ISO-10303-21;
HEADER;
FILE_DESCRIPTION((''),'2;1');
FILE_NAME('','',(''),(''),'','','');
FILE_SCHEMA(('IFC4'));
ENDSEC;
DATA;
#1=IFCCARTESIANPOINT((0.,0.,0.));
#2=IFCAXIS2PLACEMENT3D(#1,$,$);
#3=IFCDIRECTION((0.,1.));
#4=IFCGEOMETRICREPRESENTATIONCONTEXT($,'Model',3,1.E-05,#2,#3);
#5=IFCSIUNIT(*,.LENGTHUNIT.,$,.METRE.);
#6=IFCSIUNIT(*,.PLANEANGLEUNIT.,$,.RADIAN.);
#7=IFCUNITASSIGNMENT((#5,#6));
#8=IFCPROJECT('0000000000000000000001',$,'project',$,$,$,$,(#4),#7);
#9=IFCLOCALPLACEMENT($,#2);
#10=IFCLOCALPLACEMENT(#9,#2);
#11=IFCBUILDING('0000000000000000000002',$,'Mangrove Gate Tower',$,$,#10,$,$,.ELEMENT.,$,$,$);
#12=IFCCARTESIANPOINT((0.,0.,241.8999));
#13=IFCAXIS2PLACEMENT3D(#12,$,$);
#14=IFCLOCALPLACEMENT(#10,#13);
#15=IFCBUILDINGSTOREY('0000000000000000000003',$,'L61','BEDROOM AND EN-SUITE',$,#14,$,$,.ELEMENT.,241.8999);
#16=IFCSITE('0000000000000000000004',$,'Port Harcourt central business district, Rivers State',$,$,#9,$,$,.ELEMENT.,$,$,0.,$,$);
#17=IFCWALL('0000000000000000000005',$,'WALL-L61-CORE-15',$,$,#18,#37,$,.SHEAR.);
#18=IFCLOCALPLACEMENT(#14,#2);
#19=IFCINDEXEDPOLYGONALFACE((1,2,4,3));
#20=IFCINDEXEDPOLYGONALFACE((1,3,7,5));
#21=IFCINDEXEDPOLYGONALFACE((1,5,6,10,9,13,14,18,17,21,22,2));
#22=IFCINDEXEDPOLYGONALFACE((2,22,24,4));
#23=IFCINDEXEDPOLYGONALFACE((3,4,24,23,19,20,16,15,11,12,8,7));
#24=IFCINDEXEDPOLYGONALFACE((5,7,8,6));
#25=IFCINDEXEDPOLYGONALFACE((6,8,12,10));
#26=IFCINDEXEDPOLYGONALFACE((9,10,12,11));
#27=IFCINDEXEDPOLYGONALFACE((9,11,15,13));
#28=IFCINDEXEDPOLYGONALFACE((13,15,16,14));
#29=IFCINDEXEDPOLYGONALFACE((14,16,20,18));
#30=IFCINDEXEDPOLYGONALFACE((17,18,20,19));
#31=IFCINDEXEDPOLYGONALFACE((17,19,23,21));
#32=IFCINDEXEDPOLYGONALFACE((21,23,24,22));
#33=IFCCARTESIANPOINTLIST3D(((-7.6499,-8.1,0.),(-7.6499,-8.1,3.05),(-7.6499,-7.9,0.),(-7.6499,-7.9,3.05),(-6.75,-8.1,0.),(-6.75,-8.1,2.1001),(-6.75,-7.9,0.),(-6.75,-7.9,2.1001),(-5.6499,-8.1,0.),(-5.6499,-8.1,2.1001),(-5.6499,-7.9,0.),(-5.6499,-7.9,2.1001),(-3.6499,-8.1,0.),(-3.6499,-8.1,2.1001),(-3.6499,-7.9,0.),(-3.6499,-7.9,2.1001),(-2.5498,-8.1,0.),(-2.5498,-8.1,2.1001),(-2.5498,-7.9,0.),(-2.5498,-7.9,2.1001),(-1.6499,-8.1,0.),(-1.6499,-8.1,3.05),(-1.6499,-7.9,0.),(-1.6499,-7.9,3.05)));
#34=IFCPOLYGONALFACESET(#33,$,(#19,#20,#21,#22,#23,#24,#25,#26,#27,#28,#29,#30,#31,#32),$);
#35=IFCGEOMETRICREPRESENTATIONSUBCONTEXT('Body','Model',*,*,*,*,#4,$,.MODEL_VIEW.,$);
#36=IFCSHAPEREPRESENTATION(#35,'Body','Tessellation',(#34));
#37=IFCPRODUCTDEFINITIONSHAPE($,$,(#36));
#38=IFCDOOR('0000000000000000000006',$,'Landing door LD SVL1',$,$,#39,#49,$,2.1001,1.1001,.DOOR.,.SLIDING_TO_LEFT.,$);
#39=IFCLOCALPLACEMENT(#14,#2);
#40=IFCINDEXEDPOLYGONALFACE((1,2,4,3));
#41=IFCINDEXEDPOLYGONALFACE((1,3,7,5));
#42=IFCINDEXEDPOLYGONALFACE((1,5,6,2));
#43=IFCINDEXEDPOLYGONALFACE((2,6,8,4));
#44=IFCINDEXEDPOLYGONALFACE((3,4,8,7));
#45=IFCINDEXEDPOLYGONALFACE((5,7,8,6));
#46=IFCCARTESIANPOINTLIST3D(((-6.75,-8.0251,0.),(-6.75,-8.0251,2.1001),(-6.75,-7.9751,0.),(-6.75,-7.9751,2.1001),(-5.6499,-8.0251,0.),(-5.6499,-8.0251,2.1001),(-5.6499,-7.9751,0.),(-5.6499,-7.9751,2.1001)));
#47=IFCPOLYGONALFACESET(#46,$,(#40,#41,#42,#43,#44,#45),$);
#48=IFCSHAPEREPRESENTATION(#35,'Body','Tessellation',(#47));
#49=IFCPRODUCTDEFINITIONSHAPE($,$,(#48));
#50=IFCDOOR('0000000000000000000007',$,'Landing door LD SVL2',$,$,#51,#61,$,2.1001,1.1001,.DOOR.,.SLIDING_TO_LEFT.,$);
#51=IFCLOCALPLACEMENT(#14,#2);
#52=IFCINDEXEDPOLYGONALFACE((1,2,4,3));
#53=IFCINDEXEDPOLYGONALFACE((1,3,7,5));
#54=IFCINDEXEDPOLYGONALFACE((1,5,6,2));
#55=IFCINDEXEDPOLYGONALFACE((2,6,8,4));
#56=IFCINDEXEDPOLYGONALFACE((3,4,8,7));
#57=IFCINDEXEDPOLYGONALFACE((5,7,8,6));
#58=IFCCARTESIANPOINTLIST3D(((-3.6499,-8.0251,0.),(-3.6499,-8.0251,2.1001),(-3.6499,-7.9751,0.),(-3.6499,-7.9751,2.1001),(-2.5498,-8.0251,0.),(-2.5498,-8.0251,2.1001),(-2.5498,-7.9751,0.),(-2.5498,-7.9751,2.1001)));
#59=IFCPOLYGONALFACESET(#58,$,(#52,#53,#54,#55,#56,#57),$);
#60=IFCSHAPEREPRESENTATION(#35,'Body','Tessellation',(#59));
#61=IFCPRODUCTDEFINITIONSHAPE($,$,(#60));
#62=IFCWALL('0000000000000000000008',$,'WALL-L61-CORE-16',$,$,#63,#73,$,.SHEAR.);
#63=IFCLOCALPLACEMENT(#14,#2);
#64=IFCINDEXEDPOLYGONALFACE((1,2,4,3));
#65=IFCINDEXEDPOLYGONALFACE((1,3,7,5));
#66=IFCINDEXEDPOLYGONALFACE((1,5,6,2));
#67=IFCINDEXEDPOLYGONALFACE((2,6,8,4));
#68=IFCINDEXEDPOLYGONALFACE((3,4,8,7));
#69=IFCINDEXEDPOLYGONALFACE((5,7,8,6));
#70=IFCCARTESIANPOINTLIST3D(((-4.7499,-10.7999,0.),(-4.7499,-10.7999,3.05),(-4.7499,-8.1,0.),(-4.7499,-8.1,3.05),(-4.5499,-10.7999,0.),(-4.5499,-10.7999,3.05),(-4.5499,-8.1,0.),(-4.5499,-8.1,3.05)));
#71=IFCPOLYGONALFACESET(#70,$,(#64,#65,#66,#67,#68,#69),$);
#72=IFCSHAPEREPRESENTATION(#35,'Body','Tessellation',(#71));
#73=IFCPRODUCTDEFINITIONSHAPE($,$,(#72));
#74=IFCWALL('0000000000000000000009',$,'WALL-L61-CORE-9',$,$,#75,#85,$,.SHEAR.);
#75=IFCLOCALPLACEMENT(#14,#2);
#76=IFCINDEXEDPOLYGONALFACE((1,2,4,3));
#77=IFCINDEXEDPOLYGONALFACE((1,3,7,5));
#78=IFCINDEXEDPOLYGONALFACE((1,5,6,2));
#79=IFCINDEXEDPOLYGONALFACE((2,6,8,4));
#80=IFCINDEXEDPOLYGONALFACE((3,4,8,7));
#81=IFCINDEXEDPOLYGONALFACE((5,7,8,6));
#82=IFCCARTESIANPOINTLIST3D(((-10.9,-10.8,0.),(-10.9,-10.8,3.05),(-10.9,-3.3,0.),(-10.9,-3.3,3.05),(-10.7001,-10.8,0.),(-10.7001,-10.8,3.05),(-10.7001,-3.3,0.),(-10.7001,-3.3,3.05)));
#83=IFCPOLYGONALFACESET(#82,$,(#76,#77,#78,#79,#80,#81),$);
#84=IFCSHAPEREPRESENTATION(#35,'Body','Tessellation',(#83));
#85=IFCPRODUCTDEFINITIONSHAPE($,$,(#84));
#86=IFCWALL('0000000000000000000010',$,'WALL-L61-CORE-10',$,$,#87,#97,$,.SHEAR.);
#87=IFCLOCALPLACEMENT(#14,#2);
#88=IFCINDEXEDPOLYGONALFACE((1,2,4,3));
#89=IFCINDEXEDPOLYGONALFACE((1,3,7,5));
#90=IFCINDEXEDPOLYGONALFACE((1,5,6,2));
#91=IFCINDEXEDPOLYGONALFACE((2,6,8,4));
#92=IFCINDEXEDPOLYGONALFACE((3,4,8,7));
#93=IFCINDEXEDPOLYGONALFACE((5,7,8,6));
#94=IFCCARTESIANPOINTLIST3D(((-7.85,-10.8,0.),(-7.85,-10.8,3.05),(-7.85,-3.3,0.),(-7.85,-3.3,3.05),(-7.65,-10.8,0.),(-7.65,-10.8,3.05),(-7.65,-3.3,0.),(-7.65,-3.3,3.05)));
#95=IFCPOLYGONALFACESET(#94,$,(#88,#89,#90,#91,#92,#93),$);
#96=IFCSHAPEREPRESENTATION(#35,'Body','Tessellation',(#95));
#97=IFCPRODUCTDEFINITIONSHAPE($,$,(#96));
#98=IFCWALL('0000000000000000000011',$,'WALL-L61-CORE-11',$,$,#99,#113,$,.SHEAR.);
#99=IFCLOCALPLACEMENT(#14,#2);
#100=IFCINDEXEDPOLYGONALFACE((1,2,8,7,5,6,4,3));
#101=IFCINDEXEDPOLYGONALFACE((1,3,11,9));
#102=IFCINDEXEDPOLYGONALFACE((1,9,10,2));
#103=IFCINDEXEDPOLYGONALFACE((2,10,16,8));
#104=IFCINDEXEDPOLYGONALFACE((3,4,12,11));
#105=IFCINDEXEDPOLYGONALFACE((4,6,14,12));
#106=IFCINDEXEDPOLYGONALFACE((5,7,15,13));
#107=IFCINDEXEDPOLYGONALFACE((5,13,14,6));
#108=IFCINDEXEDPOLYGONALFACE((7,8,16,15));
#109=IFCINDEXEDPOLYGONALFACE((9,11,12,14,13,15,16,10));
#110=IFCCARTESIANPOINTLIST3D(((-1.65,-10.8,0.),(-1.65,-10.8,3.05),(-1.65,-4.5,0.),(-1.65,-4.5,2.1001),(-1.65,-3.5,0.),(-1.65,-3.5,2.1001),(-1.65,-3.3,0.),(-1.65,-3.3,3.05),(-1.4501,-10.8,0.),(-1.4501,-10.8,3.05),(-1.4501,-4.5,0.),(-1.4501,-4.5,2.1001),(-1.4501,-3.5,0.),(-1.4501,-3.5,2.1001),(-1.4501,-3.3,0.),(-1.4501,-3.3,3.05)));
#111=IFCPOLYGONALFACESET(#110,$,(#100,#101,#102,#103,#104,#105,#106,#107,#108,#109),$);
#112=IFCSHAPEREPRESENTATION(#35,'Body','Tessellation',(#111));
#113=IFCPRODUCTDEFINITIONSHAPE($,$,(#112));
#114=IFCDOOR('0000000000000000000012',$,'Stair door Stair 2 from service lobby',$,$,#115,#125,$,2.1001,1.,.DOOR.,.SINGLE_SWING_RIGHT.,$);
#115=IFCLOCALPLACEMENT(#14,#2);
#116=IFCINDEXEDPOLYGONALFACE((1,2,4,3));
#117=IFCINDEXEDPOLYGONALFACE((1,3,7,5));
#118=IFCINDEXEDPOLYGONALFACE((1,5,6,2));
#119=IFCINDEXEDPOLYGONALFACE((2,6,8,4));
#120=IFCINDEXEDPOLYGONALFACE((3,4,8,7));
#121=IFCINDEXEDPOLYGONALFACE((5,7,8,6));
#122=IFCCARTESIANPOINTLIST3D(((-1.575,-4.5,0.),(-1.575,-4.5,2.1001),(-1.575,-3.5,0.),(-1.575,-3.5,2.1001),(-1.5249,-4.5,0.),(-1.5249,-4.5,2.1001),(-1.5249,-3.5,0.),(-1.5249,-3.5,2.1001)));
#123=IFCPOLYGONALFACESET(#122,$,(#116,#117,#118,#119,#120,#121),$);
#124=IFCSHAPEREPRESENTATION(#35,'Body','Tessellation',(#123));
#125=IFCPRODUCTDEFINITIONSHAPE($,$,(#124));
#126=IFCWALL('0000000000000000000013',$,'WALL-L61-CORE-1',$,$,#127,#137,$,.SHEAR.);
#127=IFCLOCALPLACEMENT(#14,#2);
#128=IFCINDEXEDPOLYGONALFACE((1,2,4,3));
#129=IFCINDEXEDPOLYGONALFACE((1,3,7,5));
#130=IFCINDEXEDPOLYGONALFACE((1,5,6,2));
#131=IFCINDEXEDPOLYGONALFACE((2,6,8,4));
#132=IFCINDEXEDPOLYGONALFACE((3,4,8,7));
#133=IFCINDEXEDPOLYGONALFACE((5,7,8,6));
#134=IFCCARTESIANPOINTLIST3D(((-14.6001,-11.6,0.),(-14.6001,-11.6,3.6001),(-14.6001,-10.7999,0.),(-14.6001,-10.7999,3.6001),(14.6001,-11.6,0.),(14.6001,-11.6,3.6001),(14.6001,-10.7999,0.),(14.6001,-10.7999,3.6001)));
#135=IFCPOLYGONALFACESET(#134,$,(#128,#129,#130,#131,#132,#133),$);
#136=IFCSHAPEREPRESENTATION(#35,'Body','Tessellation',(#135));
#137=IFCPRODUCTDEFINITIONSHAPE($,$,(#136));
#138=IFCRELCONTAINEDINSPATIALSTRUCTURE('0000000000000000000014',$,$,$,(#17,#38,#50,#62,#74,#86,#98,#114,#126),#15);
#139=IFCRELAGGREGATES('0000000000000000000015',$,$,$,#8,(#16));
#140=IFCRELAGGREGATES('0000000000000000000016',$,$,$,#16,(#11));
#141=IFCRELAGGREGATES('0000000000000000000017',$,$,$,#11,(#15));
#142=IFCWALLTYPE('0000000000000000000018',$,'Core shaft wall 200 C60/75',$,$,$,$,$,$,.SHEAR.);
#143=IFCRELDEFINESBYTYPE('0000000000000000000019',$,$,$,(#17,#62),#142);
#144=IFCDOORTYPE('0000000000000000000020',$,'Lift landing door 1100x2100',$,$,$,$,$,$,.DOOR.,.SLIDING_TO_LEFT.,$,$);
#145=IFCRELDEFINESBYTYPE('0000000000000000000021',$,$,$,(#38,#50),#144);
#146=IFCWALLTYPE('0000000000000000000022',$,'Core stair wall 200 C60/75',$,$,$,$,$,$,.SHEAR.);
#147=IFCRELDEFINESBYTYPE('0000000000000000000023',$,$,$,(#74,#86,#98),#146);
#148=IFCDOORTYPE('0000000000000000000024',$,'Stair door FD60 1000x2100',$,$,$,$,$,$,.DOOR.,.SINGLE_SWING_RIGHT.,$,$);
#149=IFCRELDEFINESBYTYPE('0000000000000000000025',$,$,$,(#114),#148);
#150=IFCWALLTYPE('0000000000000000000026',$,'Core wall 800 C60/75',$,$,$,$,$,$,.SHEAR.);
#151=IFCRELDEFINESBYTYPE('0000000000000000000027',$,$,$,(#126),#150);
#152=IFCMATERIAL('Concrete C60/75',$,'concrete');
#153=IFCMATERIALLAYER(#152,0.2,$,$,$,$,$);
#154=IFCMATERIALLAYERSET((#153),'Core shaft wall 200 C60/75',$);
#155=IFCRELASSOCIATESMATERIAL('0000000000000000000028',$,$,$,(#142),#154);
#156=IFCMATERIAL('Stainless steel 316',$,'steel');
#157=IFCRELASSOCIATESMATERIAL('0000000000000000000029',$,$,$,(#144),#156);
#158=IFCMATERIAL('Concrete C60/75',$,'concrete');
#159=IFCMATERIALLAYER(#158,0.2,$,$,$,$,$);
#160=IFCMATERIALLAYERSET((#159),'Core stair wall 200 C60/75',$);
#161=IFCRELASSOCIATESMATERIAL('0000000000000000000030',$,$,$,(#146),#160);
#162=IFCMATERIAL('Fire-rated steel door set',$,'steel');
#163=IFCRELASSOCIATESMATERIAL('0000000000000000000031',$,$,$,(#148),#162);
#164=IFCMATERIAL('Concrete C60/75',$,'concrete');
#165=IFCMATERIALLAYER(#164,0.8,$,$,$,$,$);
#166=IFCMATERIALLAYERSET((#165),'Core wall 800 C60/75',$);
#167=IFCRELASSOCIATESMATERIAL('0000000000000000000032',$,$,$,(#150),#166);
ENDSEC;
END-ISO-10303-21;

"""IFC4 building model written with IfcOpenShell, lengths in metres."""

from ifc_helpers import new_model, si_unit, direction, frame, frame_2d, origin, place, context, subcontext, project, spatial, rectangle, extrude, material, layer, layer_set, type_object, element, fill, save


model = new_model("IFC4")

# Units and contexts
model_context = context("Model", 3, precision=1e-05, world=origin(), true_north=direction((0.0, 1.0)))
body_context = subcontext(model_context, "Body", "Model", "MODEL_VIEW")
ifc_project = project(units=[si_unit("LENGTHUNIT", "METRE"), si_unit("PLANEANGLEUNIT", "RADIAN")], contexts=[model_context])

# Site, building, storey
site_placement = place(None, origin())
site = spatial("IfcSite", under=ifc_project, at=site_placement, Name="Port Harcourt central business district, Rivers State", CompositionType="ELEMENT", RefElevation=0.0)
building_placement = place(site_placement, origin())
building = spatial("IfcBuilding", under=site, at=building_placement, Name="Mangrove Gate Tower", CompositionType="ELEMENT")
storey_placement = place(building_placement, frame((0.0, 0.0, 241.8999)))
storey = spatial("IfcBuildingStorey", under=building, at=storey_placement, Name="L61", Description="BEDROOM AND EN-SUITE", CompositionType="ELEMENT", Elevation=241.8999)

# Wall, openings, doors
ifc_material_1 = material(Name="Concrete C60/75", Category="concrete")
ifc_layer_1 = layer(ifc_material_1, 0.2)
ifc_layer_set_1 = layer_set([ifc_layer_1], Name="Core shaft wall 200 C60/75")
wall_type_1 = type_object("IfcWallType", Name="Core shaft wall 200 C60/75", PredefinedType="SHEAR", material=ifc_layer_set_1)
wall_1_placement = place(storey_placement, frame((-7.6499, -8.0, 0.0), z_axis=(0.0, 0.0, 1.0), x_axis=(1.0, 0.0, 0.0)))
wall_1 = element("IfcWall", 1, at=wall_1_placement, inside=storey, type_object=wall_type_1, Name="WALL-L61-CORE-15", PredefinedType="SHEAR", context=body_context, shape_type="SweptSolid", body=[
    extrude(rectangle(XDim=6.0, YDim=0.2, at=frame_2d((3.0, 0.0))), origin(), (0.0, 0.0, 1.0), 3.05),
])
opening_1_placement = place(wall_1_placement, frame((0.8999, 0.0, 0.0)))
opening_1 = element("IfcOpeningElement", 2, at=opening_1_placement, cuts=wall_1, PredefinedType="OPENING", context=body_context, shape_type="SweptSolid", body=[
    extrude(rectangle(XDim=1.1001, YDim=2.1001, at=frame_2d((0.55, 1.05))), frame((0.0, 0.1099, 0.0), z_axis=(0.0, -1.0, 0.0), x_axis=(1.0, 0.0, 0.0)), (0.0, 0.0, 1.0), 0.22),
])
opening_2_placement = place(wall_1_placement, frame((4.0, 0.0, 0.0)))
opening_2 = element("IfcOpeningElement", 3, at=opening_2_placement, cuts=wall_1, PredefinedType="OPENING", context=body_context, shape_type="SweptSolid", body=[
    extrude(rectangle(XDim=1.1001, YDim=2.1001, at=frame_2d((0.55, 1.05))), frame((0.0, 0.1099, 0.0), z_axis=(0.0, -1.0, 0.0), x_axis=(1.0, 0.0, 0.0)), (0.0, 0.0, 1.0), 0.22),
])
ifc_material_2 = material(Name="Stainless steel 316", Category="steel")
door_type_1 = type_object("IfcDoorType", Name="Lift landing door 1100x2100", OperationType="SLIDING_TO_LEFT", PredefinedType="DOOR", material=ifc_material_2)
door_1_placement = place(opening_1_placement, origin())
door_1 = element("IfcDoor", 4, at=door_1_placement, inside=storey, type_object=door_type_1, Name="Landing door LD SVL1", OperationType="SLIDING_TO_LEFT", OverallHeight=2.1001, OverallWidth=1.1001, PredefinedType="DOOR", context=body_context, shape_type="SweptSolid", body=[
    extrude(rectangle(XDim=1.1001, YDim=2.1001, at=frame_2d((0.55, 1.05))), frame((0.0, 0.0249, 0.0), z_axis=(0.0, -1.0, 0.0), x_axis=(1.0, 0.0, 0.0)), (0.0, 0.0, 1.0), 0.05),
])
fill(opening_1, door_1)
door_2_placement = place(opening_2_placement, origin())
door_2 = element("IfcDoor", 5, at=door_2_placement, inside=storey, type_object=door_type_1, Name="Landing door LD SVL2", OperationType="SLIDING_TO_LEFT", OverallHeight=2.1001, OverallWidth=1.1001, PredefinedType="DOOR", context=body_context, shape_type="SweptSolid", body=[
    extrude(rectangle(XDim=1.1001, YDim=2.1001, at=frame_2d((0.55, 1.05))), frame((0.0, 0.0249, 0.0), z_axis=(0.0, -1.0, 0.0), x_axis=(1.0, 0.0, 0.0)), (0.0, 0.0, 1.0), 0.05),
])
fill(opening_2, door_2)

# Walls
wall_2_placement = place(storey_placement, frame((-4.6499, -10.8, 0.0), z_axis=(0.0, 0.0, 1.0), x_axis=(0.0, 1.0, 0.0)))
element("IfcWall", 6, at=wall_2_placement, inside=storey, type_object=wall_type_1, Name="WALL-L61-CORE-16", PredefinedType="SHEAR", context=body_context, shape_type="SweptSolid", body=[
    extrude(rectangle(XDim=2.7, YDim=0.2, at=frame_2d((1.3501, 0.0))), origin(), (0.0, 0.0, 1.0), 3.05),
])
ifc_material_3 = material(Name="Concrete C60/75", Category="concrete")
ifc_layer_2 = layer(ifc_material_3, 0.2)
ifc_layer_set_2 = layer_set([ifc_layer_2], Name="Core stair wall 200 C60/75")
wall_type_2 = type_object("IfcWallType", Name="Core stair wall 200 C60/75", PredefinedType="SHEAR", material=ifc_layer_set_2)
for number, where, z_axis, x_axis, name in (
    (7, (-10.8, -10.8, 0.0), (0.0, 0.0, 1.0), (0.0, 1.0, 0.0), "WALL-L61-CORE-9"),
    (8, (-7.75, -10.8, 0.0), (0.0, 0.0, 1.0), (0.0, 1.0, 0.0), "WALL-L61-CORE-10"),
):
    element("IfcWall", number, at=place(storey_placement, frame(where, z_axis=z_axis, x_axis=x_axis)), inside=storey, type_object=wall_type_2, Name=name, PredefinedType="SHEAR", context=body_context, shape_type="SweptSolid", body=[
        extrude(rectangle(XDim=7.5, YDim=0.2, at=frame_2d((3.75, 0.0))), origin(), (0.0, 0.0, 1.0), 3.05),
    ])

# Wall, opening, door
wall_3_placement = place(storey_placement, frame((-1.55, -10.8, 0.0), z_axis=(0.0, 0.0, 1.0), x_axis=(0.0, 1.0, 0.0)))
wall_3 = element("IfcWall", 9, at=wall_3_placement, inside=storey, type_object=wall_type_2, Name="WALL-L61-CORE-11", PredefinedType="SHEAR", context=body_context, shape_type="SweptSolid", body=[
    extrude(rectangle(XDim=7.5, YDim=0.2, at=frame_2d((3.75, 0.0))), origin(), (0.0, 0.0, 1.0), 3.05),
])
opening_3_placement = place(wall_3_placement, frame((6.3, 0.0, 0.0)))
opening_3 = element("IfcOpeningElement", 10, at=opening_3_placement, cuts=wall_3, PredefinedType="OPENING", context=body_context, shape_type="SweptSolid", body=[
    extrude(rectangle(XDim=1.0, YDim=2.1001, at=frame_2d((0.5, 1.05))), frame((0.0, 0.1099, 0.0), z_axis=(0.0, -1.0, 0.0), x_axis=(1.0, 0.0, 0.0)), (0.0, 0.0, 1.0), 0.22),
])
ifc_material_4 = material(Name="Fire-rated steel door set", Category="steel")
door_type_2 = type_object("IfcDoorType", Name="Stair door FD60 1000x2100", OperationType="SINGLE_SWING_RIGHT", PredefinedType="DOOR", material=ifc_material_4)
door_3_placement = place(opening_3_placement, origin())
door_3 = element("IfcDoor", 11, at=door_3_placement, inside=storey, type_object=door_type_2, Name="Stair door Stair 2 from service lobby", OperationType="SINGLE_SWING_RIGHT", OverallHeight=2.1001, OverallWidth=1.0, PredefinedType="DOOR", context=body_context, shape_type="SweptSolid", body=[
    extrude(rectangle(XDim=1.0, YDim=2.1001, at=frame_2d((0.5, 1.05))), frame((0.0, 0.0249, 0.0), z_axis=(0.0, -1.0, 0.0), x_axis=(1.0, 0.0, 0.0)), (0.0, 0.0, 1.0), 0.05),
])
fill(opening_3, door_3)

# Wall
ifc_material_5 = material(Name="Concrete C60/75", Category="concrete")
ifc_layer_3 = layer(ifc_material_5, 0.8)
ifc_layer_set_3 = layer_set([ifc_layer_3], Name="Core wall 800 C60/75")
wall_type_3 = type_object("IfcWallType", Name="Core wall 800 C60/75", PredefinedType="SHEAR", material=ifc_layer_set_3)
wall_4_placement = place(storey_placement, frame((-14.6001, -11.2, 0.0), z_axis=(0.0, 0.0, 1.0), x_axis=(1.0, 0.0, 0.0)))
element("IfcWall", 12, at=wall_4_placement, inside=storey, type_object=wall_type_3, Name="WALL-L61-CORE-1", PredefinedType="SHEAR", context=body_context, shape_type="SweptSolid", body=[
    extrude(rectangle(XDim=29.2002, YDim=0.8, at=frame_2d((14.6001, 0.0))), origin(), (0.0, 0.0, 1.0), 3.6001),
])

save(model, "model.ifc")
